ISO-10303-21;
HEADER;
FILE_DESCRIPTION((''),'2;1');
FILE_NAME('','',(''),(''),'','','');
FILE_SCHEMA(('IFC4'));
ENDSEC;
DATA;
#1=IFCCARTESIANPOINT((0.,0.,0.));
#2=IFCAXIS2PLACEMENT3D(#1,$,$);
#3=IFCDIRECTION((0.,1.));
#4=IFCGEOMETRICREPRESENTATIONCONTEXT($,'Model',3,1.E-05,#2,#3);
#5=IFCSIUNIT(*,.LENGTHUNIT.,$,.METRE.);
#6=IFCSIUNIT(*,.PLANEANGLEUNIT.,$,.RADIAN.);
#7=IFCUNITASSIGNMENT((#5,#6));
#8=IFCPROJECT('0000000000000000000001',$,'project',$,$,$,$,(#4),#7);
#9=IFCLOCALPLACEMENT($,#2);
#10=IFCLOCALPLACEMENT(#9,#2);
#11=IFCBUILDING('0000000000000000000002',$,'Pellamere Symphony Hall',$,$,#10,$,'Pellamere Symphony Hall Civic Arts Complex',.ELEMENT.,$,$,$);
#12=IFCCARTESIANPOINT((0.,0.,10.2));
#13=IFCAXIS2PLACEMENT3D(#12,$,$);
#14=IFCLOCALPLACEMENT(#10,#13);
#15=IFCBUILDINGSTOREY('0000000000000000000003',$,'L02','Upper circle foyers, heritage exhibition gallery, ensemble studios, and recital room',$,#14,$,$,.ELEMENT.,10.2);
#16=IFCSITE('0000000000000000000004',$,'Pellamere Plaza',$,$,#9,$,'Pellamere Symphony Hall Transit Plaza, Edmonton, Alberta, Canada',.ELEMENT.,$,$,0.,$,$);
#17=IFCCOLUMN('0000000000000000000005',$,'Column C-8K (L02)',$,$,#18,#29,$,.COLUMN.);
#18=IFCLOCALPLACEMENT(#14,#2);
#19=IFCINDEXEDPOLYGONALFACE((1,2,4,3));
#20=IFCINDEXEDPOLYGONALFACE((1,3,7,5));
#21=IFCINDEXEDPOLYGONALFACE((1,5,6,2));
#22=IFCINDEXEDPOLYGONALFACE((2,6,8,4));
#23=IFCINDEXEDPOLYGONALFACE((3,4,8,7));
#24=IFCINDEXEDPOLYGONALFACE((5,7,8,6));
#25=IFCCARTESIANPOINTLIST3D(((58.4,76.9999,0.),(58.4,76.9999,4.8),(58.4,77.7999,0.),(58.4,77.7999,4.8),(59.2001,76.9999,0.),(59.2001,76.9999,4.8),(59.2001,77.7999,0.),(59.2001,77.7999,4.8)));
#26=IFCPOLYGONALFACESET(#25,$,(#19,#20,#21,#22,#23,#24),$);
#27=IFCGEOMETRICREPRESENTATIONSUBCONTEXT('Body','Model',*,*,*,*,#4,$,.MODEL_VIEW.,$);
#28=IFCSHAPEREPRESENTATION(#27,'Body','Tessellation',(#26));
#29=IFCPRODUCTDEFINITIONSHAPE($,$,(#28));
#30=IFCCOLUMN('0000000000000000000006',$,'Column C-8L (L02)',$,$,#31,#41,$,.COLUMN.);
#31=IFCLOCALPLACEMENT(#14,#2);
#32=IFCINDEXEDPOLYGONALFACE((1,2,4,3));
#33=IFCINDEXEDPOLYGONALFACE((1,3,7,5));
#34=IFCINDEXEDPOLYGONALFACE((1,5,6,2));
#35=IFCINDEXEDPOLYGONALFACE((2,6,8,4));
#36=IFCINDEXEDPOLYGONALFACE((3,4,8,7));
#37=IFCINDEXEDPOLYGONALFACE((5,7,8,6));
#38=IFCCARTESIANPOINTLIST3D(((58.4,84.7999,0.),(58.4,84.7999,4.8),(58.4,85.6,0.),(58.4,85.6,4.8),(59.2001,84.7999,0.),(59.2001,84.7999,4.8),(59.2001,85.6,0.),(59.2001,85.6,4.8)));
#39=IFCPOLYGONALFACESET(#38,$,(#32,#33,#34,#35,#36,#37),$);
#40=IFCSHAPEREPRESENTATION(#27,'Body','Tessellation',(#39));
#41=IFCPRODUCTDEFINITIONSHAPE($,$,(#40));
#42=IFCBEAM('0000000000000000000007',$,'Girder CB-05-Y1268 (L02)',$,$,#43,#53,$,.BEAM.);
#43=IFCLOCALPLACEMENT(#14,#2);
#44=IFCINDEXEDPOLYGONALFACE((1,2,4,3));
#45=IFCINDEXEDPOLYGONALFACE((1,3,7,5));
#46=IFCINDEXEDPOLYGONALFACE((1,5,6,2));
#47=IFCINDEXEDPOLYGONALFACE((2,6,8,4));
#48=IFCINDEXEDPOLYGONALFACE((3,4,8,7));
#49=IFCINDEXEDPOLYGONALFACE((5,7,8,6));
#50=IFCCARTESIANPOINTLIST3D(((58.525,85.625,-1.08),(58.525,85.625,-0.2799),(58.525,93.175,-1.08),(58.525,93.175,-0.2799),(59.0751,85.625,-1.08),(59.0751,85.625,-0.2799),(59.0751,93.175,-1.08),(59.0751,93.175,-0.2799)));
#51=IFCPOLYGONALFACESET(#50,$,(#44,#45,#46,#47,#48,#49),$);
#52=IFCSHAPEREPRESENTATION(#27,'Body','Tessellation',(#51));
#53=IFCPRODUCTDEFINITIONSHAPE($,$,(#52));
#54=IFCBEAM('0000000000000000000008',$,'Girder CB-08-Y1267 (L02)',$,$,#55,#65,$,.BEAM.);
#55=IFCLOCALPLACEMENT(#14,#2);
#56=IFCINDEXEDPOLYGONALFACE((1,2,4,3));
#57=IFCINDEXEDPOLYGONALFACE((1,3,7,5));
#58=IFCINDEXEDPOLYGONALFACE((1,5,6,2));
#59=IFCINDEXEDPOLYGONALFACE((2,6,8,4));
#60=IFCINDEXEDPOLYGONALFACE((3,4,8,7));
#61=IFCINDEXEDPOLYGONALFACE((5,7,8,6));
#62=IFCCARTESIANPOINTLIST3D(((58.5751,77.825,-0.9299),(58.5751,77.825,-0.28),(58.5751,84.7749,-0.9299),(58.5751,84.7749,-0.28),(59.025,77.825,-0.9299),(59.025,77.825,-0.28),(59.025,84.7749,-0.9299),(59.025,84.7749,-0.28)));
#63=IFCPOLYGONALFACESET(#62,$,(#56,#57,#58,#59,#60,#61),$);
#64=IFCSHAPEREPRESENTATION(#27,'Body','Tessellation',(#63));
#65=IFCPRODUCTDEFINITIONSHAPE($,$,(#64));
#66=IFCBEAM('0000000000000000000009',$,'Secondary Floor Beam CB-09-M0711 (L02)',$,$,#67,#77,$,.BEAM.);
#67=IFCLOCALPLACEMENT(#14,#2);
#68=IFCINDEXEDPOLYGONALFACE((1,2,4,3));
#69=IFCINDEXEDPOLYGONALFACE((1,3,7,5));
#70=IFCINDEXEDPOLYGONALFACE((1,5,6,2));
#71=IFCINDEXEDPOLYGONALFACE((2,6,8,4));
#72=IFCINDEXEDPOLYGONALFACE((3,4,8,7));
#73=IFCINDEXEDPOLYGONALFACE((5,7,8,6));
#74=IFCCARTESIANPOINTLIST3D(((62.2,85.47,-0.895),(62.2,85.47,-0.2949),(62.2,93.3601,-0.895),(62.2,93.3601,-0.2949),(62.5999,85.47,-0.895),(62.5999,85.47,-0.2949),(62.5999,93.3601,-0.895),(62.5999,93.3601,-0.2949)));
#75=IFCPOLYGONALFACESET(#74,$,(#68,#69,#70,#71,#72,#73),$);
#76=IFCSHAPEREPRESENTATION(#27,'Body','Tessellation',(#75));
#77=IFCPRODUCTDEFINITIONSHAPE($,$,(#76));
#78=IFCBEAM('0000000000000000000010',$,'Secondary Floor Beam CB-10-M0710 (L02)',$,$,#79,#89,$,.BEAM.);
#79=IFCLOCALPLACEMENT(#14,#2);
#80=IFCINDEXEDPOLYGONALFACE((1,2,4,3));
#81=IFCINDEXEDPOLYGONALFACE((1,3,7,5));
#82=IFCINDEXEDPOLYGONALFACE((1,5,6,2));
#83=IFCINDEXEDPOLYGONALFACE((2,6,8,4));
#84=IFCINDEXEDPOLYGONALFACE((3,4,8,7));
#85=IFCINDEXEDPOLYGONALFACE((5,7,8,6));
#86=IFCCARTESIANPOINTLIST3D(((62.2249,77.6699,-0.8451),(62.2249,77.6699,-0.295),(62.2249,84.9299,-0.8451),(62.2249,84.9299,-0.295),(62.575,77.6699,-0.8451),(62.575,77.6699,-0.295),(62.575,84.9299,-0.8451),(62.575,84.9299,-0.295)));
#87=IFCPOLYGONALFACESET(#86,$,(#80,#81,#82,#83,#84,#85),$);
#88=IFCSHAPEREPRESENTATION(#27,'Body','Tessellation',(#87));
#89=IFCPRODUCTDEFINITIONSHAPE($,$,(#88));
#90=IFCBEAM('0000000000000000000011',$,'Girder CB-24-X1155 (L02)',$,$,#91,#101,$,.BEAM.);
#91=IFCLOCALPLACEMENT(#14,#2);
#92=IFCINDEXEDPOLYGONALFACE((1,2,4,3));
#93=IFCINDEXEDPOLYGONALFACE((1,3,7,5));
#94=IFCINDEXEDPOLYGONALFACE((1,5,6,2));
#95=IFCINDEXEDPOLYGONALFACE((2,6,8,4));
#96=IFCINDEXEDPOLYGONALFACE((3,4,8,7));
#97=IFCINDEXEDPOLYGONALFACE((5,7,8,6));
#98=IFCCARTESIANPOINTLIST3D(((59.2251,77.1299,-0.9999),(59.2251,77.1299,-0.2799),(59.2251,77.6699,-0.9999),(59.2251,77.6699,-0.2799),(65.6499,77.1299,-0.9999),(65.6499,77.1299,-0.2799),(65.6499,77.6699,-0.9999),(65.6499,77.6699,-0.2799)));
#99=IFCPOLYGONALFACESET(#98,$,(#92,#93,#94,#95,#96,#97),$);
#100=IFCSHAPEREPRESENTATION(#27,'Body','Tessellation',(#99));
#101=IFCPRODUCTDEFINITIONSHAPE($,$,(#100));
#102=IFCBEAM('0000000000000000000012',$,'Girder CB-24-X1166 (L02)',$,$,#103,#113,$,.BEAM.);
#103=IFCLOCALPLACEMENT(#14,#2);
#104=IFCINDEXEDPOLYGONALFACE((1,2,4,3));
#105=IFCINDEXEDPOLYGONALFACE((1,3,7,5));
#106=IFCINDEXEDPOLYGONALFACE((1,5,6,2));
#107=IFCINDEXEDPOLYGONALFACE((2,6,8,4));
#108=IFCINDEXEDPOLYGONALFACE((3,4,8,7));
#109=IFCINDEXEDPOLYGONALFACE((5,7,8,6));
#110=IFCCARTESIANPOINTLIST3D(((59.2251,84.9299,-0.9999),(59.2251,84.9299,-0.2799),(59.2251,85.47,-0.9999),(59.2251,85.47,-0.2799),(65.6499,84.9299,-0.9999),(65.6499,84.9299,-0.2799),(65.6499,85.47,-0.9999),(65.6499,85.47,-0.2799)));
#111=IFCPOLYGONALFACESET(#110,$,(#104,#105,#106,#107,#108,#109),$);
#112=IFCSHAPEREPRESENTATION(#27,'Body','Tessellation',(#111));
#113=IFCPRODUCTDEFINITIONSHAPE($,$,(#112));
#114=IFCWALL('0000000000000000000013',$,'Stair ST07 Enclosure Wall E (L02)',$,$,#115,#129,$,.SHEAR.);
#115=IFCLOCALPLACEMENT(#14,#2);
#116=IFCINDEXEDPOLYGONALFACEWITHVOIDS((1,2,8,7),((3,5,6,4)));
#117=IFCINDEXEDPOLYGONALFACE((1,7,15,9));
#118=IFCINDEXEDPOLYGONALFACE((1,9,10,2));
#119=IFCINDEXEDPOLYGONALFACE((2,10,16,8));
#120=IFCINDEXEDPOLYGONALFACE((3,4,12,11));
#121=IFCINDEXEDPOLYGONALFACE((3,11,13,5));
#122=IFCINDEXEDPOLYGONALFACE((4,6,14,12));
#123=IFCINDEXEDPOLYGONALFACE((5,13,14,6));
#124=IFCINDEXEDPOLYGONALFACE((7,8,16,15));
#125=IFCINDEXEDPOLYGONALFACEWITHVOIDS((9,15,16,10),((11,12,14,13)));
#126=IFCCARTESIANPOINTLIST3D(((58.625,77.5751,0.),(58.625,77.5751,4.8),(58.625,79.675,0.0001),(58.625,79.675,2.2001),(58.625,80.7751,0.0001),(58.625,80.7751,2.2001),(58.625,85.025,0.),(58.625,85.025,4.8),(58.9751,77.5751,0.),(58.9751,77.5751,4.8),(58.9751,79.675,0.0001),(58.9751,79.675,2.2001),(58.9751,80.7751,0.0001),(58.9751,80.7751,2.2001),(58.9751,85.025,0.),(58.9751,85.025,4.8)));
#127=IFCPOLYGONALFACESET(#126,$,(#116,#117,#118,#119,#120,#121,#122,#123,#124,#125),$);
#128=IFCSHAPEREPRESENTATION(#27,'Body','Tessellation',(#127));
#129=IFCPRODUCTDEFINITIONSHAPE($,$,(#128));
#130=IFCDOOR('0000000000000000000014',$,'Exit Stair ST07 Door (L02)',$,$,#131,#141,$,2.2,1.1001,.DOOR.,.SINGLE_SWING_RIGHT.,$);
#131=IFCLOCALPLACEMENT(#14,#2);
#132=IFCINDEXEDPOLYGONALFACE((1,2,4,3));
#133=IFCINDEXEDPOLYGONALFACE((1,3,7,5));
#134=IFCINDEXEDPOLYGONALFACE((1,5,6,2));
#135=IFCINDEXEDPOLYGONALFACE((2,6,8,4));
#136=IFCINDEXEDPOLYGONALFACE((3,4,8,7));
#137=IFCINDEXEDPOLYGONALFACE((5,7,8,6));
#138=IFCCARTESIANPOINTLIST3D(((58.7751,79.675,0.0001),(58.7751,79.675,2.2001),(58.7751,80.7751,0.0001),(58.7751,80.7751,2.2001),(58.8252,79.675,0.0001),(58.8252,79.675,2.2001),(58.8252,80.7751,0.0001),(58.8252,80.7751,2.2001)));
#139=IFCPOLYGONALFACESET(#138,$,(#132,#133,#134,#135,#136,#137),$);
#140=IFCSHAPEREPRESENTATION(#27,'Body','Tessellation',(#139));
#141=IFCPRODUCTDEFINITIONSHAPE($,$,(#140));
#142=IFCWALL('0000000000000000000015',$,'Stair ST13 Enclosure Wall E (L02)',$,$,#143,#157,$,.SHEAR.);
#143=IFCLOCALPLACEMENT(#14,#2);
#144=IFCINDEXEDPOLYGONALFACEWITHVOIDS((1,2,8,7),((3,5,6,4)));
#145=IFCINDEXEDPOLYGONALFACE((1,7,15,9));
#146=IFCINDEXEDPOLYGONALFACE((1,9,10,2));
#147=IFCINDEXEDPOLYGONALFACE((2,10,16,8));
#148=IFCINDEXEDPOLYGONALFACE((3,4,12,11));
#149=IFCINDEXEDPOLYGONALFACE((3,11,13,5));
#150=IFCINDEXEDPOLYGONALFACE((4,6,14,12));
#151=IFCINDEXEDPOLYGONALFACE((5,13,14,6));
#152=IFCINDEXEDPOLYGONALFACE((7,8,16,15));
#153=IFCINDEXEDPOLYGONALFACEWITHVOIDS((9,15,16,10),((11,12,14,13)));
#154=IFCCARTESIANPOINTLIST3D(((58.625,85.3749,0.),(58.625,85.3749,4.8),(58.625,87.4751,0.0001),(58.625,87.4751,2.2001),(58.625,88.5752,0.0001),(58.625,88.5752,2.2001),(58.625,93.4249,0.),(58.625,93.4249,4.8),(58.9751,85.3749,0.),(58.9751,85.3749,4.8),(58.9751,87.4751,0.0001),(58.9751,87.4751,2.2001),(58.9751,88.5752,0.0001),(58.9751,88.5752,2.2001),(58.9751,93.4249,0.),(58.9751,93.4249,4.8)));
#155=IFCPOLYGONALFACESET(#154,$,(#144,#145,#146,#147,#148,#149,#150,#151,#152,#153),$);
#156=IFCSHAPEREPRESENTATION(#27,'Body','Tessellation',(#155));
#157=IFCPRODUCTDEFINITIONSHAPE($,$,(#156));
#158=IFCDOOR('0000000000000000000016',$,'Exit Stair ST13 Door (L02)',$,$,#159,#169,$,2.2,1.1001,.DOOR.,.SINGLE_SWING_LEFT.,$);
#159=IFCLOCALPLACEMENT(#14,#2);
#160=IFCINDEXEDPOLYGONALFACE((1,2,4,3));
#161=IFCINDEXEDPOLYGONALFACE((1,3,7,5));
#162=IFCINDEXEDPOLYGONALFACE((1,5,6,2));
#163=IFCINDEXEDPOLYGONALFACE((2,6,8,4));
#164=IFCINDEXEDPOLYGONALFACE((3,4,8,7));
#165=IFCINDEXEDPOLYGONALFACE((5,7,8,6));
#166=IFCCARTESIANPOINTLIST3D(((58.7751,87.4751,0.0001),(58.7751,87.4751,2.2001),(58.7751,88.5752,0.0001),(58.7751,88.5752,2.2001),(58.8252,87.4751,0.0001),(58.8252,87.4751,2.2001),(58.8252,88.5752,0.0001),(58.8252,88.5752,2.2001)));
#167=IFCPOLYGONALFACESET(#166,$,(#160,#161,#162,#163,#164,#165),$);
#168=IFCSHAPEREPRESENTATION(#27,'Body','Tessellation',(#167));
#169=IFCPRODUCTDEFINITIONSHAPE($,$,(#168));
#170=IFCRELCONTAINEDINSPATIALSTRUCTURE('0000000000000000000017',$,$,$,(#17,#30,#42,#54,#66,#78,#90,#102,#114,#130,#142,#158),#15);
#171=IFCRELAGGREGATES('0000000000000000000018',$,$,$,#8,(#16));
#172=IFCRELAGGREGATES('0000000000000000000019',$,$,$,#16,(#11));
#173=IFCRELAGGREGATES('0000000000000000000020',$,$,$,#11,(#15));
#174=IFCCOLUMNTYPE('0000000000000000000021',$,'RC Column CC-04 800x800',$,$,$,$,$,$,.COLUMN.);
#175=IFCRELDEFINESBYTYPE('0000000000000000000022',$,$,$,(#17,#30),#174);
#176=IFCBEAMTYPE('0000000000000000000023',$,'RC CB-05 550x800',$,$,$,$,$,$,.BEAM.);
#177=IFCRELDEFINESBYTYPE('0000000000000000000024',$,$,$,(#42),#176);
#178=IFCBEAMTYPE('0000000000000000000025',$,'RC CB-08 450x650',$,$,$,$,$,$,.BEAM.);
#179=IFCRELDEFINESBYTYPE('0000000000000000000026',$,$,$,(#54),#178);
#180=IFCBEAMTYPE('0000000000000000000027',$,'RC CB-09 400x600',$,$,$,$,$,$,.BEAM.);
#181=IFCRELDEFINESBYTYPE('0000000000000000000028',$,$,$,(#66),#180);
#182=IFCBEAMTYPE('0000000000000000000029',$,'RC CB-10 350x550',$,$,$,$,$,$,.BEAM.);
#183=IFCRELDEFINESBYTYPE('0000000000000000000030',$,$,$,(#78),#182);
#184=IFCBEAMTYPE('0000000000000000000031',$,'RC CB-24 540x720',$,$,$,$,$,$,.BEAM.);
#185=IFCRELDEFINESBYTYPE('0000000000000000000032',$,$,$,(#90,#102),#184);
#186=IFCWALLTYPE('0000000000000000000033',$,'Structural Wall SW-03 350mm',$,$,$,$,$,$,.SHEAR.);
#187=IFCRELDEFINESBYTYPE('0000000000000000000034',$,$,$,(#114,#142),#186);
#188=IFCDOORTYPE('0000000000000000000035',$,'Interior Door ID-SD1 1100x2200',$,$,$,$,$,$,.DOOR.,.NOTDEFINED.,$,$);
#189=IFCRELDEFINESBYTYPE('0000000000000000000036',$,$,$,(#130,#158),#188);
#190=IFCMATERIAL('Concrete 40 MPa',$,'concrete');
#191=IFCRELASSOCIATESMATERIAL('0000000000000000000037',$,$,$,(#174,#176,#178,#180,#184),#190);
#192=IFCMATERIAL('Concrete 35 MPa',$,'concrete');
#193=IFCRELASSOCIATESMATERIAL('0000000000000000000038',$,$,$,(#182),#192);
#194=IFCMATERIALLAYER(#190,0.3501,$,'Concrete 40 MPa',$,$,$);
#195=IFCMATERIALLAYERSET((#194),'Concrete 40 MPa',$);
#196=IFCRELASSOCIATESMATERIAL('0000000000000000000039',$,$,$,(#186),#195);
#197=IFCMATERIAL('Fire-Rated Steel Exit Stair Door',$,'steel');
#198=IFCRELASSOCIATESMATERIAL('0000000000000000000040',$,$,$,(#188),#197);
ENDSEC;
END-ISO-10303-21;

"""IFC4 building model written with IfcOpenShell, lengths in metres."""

from ifc_helpers import new_model, si_unit, direction, frame, frame_2d, origin, origin_2d, place, context, subcontext, project, spatial, rectangle, extrude, material, layer, layer_set, material_profile, profile_set, type_object, element, fill, save


model = new_model("IFC4")

# Units and contexts
model_context = context("Model", 3, precision=1e-05, world=origin(), true_north=direction((0.0, 1.0)))
body_context = subcontext(model_context, "Body", "Model", "MODEL_VIEW")
ifc_project = project(units=[si_unit("LENGTHUNIT", "METRE"), si_unit("PLANEANGLEUNIT", "RADIAN")], contexts=[model_context])

# Site, building, storey
site_placement = place(None, origin())
site = spatial("IfcSite", under=ifc_project, at=site_placement, Name="Pellamere Plaza", LongName="Pellamere Symphony Hall Transit Plaza, Edmonton, Alberta, Canada", CompositionType="ELEMENT", RefElevation=0.0)
building_placement = place(site_placement, origin())
building = spatial("IfcBuilding", under=site, at=building_placement, Name="Pellamere Symphony Hall", LongName="Pellamere Symphony Hall Civic Arts Complex", CompositionType="ELEMENT")
storey_placement = place(building_placement, frame((0.0, 0.0, 10.2)))
storey = spatial("IfcBuildingStorey", under=building, at=storey_placement, Name="L02", Description="Upper circle foyers, heritage exhibition gallery, ensemble studios, and recital room", CompositionType="ELEMENT", Elevation=10.2)

# Columns
ifc_material_1 = material(Name="Concrete 40 MPa", Category="concrete")
ifc_material_profile_1 = material_profile(ifc_material_1, rectangle(XDim=0.8, YDim=0.8, at=origin_2d()), Name="RC 800x800")
ifc_profile_set_1 = profile_set([ifc_material_profile_1], Name="Concrete 40 MPa")
column_type = type_object("IfcColumnType", Name="RC Column CC-04 800x800", PredefinedType="COLUMN", material=ifc_profile_set_1)
for number, where, z_axis, x_axis, name in (
    (1, (58.8, 77.3999, 0.0), (0.0, 0.0, 1.0), (1.0, 0.0, 0.0), "Column C-8K (L02)"),
    (2, (58.8, 85.2, 0.0), (0.0, 0.0, 1.0), (1.0, 0.0, 0.0), "Column C-8L (L02)"),
):
    element("IfcColumn", number, at=place(storey_placement, frame(where, z_axis=z_axis, x_axis=x_axis)), inside=storey, type_object=column_type, Name=name, PredefinedType="COLUMN", context=body_context, shape_type="SweptSolid", body=[
        extrude(rectangle(XDim=0.8, YDim=0.8, at=origin_2d()), origin(), (0.0, 0.0, 1.0), 4.8),
    ])

# Beams
ifc_material_profile_2 = material_profile(ifc_material_1, rectangle(XDim=0.55, YDim=0.8, at=origin_2d()), Name="RC 550x800")
ifc_profile_set_2 = profile_set([ifc_material_profile_2], Name="Concrete 40 MPa")
beam_type_1 = type_object("IfcBeamType", Name="RC CB-05 550x800", PredefinedType="BEAM", material=ifc_profile_set_2)
beam_1_placement = place(storey_placement, frame((58.8, 85.625, -0.6799), z_axis=(0.0, 1.0, 0.0), x_axis=(-1.0, 0.0, 0.0)))
element("IfcBeam", 3, at=beam_1_placement, inside=storey, type_object=beam_type_1, Name="Girder CB-05-Y1268 (L02)", PredefinedType="BEAM", context=body_context, shape_type="SweptSolid", body=[
    extrude(rectangle(XDim=0.55, YDim=0.8, at=origin_2d()), origin(), (0.0, 0.0, 1.0), 7.55),
])
ifc_material_profile_3 = material_profile(ifc_material_1, rectangle(XDim=0.45, YDim=0.6499, at=origin_2d()), Name="RC 450x650")
ifc_profile_set_3 = profile_set([ifc_material_profile_3], Name="Concrete 40 MPa")
beam_type_2 = type_object("IfcBeamType", Name="RC CB-08 450x650", PredefinedType="BEAM", material=ifc_profile_set_3)
beam_2_placement = place(storey_placement, frame((58.8, 77.825, -0.605), z_axis=(0.0, 1.0, 0.0), x_axis=(-1.0, 0.0, 0.0)))
element("IfcBeam", 4, at=beam_2_placement, inside=storey, type_object=beam_type_2, Name="Girder CB-08-Y1267 (L02)", PredefinedType="BEAM", context=body_context, shape_type="SweptSolid", body=[
    extrude(rectangle(XDim=0.45, YDim=0.6499, at=origin_2d()), origin(), (0.0, 0.0, 1.0), 6.95),
])
ifc_material_profile_4 = material_profile(ifc_material_1, rectangle(XDim=0.3999, YDim=0.6001, at=origin_2d()), Name="RC 400x600")
ifc_profile_set_4 = profile_set([ifc_material_profile_4], Name="Concrete 40 MPa")
beam_type_3 = type_object("IfcBeamType", Name="RC CB-09 400x600", PredefinedType="BEAM", material=ifc_profile_set_4)
beam_3_placement = place(storey_placement, frame((62.3999, 85.47, -0.595), z_axis=(0.0, 1.0, 0.0), x_axis=(-1.0, 0.0, 0.0)))
element("IfcBeam", 5, at=beam_3_placement, inside=storey, type_object=beam_type_3, Name="Secondary Floor Beam CB-09-M0711 (L02)", PredefinedType="BEAM", context=body_context, shape_type="SweptSolid", body=[
    extrude(rectangle(XDim=0.3999, YDim=0.6001, at=origin_2d()), origin(), (0.0, 0.0, 1.0), 7.8901),
])
ifc_material_2 = material(Name="Concrete 35 MPa", Category="concrete")
ifc_material_profile_5 = material_profile(ifc_material_2, rectangle(XDim=0.3501, YDim=0.55, at=origin_2d()), Name="RC 350x550")
ifc_profile_set_5 = profile_set([ifc_material_profile_5], Name="Concrete 35 MPa")
beam_type_4 = type_object("IfcBeamType", Name="RC CB-10 350x550", PredefinedType="BEAM", material=ifc_profile_set_5)
beam_4_placement = place(storey_placement, frame((62.3999, 77.6699, -0.5701), z_axis=(0.0, 1.0, 0.0), x_axis=(-1.0, 0.0, 0.0)))
element("IfcBeam", 6, at=beam_4_placement, inside=storey, type_object=beam_type_4, Name="Secondary Floor Beam CB-10-M0710 (L02)", PredefinedType="BEAM", context=body_context, shape_type="SweptSolid", body=[
    extrude(rectangle(XDim=0.3501, YDim=0.55, at=origin_2d()), origin(), (0.0, 0.0, 1.0), 7.26),
])
ifc_material_profile_6 = material_profile(ifc_material_1, rectangle(XDim=0.54, YDim=0.72, at=origin_2d()), Name="RC 540x720")
ifc_profile_set_6 = profile_set([ifc_material_profile_6], Name="Concrete 40 MPa")
beam_type_5 = type_object("IfcBeamType", Name="RC CB-24 540x720", PredefinedType="BEAM", material=ifc_profile_set_6)
for number, where, z_axis, x_axis, name in (
    (7, (59.2251, 77.3999, -0.6399), (1.0, 0.0, 0.0), (0.0, 1.0, 0.0), "Girder CB-24-X1155 (L02)"),
    (8, (59.2251, 85.2, -0.6399), (1.0, 0.0, 0.0), (0.0, 1.0, 0.0), "Girder CB-24-X1166 (L02)"),
):
    element("IfcBeam", number, at=place(storey_placement, frame(where, z_axis=z_axis, x_axis=x_axis)), inside=storey, type_object=beam_type_5, Name=name, PredefinedType="BEAM", context=body_context, shape_type="SweptSolid", body=[
        extrude(rectangle(XDim=0.54, YDim=0.72, at=origin_2d()), origin(), (0.0, 0.0, 1.0), 6.4248),
    ])

# Walls, openings, doors
ifc_layer_1 = layer(ifc_material_1, 0.3501, Name="Concrete 40 MPa")
ifc_layer_set_1 = layer_set([ifc_layer_1], Name="Concrete 40 MPa")
wall_type_1 = type_object("IfcWallType", Name="Structural Wall SW-03 350mm", PredefinedType="SHEAR", material=ifc_layer_set_1)
wall_1_placement = place(storey_placement, frame((58.8, 77.575, 0.0), z_axis=(0.0, 0.0, 1.0), x_axis=(0.0, 1.0, 0.0)))
wall_1 = element("IfcWall", 9, at=wall_1_placement, inside=storey, type_object=wall_type_1, Name="Stair ST07 Enclosure Wall E (L02)", PredefinedType="SHEAR", context=body_context, shape_type="SweptSolid", body=[
    extrude(rectangle(XDim=7.45, YDim=0.3501, at=frame_2d((3.7251, 0.0))), origin(), (0.0, 0.0, 1.0), 4.8),
])
opening_1_placement = place(wall_1_placement, frame((2.1001, 0.0, 0.0)))
opening_1 = element("IfcOpeningElement", 10, at=opening_1_placement, cuts=wall_1, PredefinedType="OPENING", context=body_context, shape_type="SweptSolid", body=[
    extrude(rectangle(XDim=1.1001, YDim=2.2, at=frame_2d((0.55, 1.1001))), frame((0.0, 0.1851, 0.0), z_axis=(0.0, -1.0, 0.0), x_axis=(1.0, 0.0, 0.0)), (0.0, 0.0, 1.0), 0.3701),
])
ifc_material_3 = material(Name="Fire-Rated Steel Exit Stair Door", Category="steel")
door_type_1 = type_object("IfcDoorType", Name="Interior Door ID-SD1 1100x2200", OperationType="NOTDEFINED", PredefinedType="DOOR", material=ifc_material_3)
door_1_placement = place(opening_1_placement, origin())
door_1 = element("IfcDoor", 11, at=door_1_placement, inside=storey, type_object=door_type_1, Name="Exit Stair ST07 Door (L02)", OperationType="SINGLE_SWING_RIGHT", OverallHeight=2.2, OverallWidth=1.1001, PredefinedType="DOOR", context=body_context, shape_type="SweptSolid", body=[
    extrude(rectangle(XDim=1.1001, YDim=2.2, at=frame_2d((0.55, 1.1001))), frame((0.0, 0.0249, 0.0), z_axis=(0.0, -1.0, 0.0), x_axis=(1.0, 0.0, 0.0)), (0.0, 0.0, 1.0), 0.05),
])
fill(opening_1, door_1)
wall_2_placement = place(storey_placement, frame((58.8, 85.375, 0.0), z_axis=(0.0, 0.0, 1.0), x_axis=(0.0, 1.0, 0.0)))
wall_2 = element("IfcWall", 12, at=wall_2_placement, inside=storey, type_object=wall_type_1, Name="Stair ST13 Enclosure Wall E (L02)", PredefinedType="SHEAR", context=body_context, shape_type="SweptSolid", body=[
    extrude(rectangle(XDim=8.05, YDim=0.3501, at=frame_2d((4.0249, 0.0))), origin(), (0.0, 0.0, 1.0), 4.8),
])
opening_2_placement = place(wall_2_placement, frame((2.1001, 0.0, 0.0)))
opening_2 = element("IfcOpeningElement", 13, at=opening_2_placement, cuts=wall_2, PredefinedType="OPENING", context=body_context, shape_type="SweptSolid", body=[
    extrude(rectangle(XDim=1.1001, YDim=2.2, at=frame_2d((0.55, 1.1001))), frame((0.0, 0.1851, 0.0), z_axis=(0.0, -1.0, 0.0), x_axis=(1.0, 0.0, 0.0)), (0.0, 0.0, 1.0), 0.3701),
])
door_2_placement = place(opening_2_placement, origin())
door_2 = element("IfcDoor", 14, at=door_2_placement, inside=storey, type_object=door_type_1, Name="Exit Stair ST13 Door (L02)", OperationType="SINGLE_SWING_LEFT", OverallHeight=2.2, OverallWidth=1.1001, PredefinedType="DOOR", context=body_context, shape_type="SweptSolid", body=[
    extrude(rectangle(XDim=1.1001, YDim=2.2, at=frame_2d((0.55, 1.1001))), frame((0.0, 0.0249, 0.0), z_axis=(0.0, -1.0, 0.0), x_axis=(1.0, 0.0, 0.0)), (0.0, 0.0, 1.0), 0.05),
])
fill(opening_2, door_2)

save(model, "model.ifc")
